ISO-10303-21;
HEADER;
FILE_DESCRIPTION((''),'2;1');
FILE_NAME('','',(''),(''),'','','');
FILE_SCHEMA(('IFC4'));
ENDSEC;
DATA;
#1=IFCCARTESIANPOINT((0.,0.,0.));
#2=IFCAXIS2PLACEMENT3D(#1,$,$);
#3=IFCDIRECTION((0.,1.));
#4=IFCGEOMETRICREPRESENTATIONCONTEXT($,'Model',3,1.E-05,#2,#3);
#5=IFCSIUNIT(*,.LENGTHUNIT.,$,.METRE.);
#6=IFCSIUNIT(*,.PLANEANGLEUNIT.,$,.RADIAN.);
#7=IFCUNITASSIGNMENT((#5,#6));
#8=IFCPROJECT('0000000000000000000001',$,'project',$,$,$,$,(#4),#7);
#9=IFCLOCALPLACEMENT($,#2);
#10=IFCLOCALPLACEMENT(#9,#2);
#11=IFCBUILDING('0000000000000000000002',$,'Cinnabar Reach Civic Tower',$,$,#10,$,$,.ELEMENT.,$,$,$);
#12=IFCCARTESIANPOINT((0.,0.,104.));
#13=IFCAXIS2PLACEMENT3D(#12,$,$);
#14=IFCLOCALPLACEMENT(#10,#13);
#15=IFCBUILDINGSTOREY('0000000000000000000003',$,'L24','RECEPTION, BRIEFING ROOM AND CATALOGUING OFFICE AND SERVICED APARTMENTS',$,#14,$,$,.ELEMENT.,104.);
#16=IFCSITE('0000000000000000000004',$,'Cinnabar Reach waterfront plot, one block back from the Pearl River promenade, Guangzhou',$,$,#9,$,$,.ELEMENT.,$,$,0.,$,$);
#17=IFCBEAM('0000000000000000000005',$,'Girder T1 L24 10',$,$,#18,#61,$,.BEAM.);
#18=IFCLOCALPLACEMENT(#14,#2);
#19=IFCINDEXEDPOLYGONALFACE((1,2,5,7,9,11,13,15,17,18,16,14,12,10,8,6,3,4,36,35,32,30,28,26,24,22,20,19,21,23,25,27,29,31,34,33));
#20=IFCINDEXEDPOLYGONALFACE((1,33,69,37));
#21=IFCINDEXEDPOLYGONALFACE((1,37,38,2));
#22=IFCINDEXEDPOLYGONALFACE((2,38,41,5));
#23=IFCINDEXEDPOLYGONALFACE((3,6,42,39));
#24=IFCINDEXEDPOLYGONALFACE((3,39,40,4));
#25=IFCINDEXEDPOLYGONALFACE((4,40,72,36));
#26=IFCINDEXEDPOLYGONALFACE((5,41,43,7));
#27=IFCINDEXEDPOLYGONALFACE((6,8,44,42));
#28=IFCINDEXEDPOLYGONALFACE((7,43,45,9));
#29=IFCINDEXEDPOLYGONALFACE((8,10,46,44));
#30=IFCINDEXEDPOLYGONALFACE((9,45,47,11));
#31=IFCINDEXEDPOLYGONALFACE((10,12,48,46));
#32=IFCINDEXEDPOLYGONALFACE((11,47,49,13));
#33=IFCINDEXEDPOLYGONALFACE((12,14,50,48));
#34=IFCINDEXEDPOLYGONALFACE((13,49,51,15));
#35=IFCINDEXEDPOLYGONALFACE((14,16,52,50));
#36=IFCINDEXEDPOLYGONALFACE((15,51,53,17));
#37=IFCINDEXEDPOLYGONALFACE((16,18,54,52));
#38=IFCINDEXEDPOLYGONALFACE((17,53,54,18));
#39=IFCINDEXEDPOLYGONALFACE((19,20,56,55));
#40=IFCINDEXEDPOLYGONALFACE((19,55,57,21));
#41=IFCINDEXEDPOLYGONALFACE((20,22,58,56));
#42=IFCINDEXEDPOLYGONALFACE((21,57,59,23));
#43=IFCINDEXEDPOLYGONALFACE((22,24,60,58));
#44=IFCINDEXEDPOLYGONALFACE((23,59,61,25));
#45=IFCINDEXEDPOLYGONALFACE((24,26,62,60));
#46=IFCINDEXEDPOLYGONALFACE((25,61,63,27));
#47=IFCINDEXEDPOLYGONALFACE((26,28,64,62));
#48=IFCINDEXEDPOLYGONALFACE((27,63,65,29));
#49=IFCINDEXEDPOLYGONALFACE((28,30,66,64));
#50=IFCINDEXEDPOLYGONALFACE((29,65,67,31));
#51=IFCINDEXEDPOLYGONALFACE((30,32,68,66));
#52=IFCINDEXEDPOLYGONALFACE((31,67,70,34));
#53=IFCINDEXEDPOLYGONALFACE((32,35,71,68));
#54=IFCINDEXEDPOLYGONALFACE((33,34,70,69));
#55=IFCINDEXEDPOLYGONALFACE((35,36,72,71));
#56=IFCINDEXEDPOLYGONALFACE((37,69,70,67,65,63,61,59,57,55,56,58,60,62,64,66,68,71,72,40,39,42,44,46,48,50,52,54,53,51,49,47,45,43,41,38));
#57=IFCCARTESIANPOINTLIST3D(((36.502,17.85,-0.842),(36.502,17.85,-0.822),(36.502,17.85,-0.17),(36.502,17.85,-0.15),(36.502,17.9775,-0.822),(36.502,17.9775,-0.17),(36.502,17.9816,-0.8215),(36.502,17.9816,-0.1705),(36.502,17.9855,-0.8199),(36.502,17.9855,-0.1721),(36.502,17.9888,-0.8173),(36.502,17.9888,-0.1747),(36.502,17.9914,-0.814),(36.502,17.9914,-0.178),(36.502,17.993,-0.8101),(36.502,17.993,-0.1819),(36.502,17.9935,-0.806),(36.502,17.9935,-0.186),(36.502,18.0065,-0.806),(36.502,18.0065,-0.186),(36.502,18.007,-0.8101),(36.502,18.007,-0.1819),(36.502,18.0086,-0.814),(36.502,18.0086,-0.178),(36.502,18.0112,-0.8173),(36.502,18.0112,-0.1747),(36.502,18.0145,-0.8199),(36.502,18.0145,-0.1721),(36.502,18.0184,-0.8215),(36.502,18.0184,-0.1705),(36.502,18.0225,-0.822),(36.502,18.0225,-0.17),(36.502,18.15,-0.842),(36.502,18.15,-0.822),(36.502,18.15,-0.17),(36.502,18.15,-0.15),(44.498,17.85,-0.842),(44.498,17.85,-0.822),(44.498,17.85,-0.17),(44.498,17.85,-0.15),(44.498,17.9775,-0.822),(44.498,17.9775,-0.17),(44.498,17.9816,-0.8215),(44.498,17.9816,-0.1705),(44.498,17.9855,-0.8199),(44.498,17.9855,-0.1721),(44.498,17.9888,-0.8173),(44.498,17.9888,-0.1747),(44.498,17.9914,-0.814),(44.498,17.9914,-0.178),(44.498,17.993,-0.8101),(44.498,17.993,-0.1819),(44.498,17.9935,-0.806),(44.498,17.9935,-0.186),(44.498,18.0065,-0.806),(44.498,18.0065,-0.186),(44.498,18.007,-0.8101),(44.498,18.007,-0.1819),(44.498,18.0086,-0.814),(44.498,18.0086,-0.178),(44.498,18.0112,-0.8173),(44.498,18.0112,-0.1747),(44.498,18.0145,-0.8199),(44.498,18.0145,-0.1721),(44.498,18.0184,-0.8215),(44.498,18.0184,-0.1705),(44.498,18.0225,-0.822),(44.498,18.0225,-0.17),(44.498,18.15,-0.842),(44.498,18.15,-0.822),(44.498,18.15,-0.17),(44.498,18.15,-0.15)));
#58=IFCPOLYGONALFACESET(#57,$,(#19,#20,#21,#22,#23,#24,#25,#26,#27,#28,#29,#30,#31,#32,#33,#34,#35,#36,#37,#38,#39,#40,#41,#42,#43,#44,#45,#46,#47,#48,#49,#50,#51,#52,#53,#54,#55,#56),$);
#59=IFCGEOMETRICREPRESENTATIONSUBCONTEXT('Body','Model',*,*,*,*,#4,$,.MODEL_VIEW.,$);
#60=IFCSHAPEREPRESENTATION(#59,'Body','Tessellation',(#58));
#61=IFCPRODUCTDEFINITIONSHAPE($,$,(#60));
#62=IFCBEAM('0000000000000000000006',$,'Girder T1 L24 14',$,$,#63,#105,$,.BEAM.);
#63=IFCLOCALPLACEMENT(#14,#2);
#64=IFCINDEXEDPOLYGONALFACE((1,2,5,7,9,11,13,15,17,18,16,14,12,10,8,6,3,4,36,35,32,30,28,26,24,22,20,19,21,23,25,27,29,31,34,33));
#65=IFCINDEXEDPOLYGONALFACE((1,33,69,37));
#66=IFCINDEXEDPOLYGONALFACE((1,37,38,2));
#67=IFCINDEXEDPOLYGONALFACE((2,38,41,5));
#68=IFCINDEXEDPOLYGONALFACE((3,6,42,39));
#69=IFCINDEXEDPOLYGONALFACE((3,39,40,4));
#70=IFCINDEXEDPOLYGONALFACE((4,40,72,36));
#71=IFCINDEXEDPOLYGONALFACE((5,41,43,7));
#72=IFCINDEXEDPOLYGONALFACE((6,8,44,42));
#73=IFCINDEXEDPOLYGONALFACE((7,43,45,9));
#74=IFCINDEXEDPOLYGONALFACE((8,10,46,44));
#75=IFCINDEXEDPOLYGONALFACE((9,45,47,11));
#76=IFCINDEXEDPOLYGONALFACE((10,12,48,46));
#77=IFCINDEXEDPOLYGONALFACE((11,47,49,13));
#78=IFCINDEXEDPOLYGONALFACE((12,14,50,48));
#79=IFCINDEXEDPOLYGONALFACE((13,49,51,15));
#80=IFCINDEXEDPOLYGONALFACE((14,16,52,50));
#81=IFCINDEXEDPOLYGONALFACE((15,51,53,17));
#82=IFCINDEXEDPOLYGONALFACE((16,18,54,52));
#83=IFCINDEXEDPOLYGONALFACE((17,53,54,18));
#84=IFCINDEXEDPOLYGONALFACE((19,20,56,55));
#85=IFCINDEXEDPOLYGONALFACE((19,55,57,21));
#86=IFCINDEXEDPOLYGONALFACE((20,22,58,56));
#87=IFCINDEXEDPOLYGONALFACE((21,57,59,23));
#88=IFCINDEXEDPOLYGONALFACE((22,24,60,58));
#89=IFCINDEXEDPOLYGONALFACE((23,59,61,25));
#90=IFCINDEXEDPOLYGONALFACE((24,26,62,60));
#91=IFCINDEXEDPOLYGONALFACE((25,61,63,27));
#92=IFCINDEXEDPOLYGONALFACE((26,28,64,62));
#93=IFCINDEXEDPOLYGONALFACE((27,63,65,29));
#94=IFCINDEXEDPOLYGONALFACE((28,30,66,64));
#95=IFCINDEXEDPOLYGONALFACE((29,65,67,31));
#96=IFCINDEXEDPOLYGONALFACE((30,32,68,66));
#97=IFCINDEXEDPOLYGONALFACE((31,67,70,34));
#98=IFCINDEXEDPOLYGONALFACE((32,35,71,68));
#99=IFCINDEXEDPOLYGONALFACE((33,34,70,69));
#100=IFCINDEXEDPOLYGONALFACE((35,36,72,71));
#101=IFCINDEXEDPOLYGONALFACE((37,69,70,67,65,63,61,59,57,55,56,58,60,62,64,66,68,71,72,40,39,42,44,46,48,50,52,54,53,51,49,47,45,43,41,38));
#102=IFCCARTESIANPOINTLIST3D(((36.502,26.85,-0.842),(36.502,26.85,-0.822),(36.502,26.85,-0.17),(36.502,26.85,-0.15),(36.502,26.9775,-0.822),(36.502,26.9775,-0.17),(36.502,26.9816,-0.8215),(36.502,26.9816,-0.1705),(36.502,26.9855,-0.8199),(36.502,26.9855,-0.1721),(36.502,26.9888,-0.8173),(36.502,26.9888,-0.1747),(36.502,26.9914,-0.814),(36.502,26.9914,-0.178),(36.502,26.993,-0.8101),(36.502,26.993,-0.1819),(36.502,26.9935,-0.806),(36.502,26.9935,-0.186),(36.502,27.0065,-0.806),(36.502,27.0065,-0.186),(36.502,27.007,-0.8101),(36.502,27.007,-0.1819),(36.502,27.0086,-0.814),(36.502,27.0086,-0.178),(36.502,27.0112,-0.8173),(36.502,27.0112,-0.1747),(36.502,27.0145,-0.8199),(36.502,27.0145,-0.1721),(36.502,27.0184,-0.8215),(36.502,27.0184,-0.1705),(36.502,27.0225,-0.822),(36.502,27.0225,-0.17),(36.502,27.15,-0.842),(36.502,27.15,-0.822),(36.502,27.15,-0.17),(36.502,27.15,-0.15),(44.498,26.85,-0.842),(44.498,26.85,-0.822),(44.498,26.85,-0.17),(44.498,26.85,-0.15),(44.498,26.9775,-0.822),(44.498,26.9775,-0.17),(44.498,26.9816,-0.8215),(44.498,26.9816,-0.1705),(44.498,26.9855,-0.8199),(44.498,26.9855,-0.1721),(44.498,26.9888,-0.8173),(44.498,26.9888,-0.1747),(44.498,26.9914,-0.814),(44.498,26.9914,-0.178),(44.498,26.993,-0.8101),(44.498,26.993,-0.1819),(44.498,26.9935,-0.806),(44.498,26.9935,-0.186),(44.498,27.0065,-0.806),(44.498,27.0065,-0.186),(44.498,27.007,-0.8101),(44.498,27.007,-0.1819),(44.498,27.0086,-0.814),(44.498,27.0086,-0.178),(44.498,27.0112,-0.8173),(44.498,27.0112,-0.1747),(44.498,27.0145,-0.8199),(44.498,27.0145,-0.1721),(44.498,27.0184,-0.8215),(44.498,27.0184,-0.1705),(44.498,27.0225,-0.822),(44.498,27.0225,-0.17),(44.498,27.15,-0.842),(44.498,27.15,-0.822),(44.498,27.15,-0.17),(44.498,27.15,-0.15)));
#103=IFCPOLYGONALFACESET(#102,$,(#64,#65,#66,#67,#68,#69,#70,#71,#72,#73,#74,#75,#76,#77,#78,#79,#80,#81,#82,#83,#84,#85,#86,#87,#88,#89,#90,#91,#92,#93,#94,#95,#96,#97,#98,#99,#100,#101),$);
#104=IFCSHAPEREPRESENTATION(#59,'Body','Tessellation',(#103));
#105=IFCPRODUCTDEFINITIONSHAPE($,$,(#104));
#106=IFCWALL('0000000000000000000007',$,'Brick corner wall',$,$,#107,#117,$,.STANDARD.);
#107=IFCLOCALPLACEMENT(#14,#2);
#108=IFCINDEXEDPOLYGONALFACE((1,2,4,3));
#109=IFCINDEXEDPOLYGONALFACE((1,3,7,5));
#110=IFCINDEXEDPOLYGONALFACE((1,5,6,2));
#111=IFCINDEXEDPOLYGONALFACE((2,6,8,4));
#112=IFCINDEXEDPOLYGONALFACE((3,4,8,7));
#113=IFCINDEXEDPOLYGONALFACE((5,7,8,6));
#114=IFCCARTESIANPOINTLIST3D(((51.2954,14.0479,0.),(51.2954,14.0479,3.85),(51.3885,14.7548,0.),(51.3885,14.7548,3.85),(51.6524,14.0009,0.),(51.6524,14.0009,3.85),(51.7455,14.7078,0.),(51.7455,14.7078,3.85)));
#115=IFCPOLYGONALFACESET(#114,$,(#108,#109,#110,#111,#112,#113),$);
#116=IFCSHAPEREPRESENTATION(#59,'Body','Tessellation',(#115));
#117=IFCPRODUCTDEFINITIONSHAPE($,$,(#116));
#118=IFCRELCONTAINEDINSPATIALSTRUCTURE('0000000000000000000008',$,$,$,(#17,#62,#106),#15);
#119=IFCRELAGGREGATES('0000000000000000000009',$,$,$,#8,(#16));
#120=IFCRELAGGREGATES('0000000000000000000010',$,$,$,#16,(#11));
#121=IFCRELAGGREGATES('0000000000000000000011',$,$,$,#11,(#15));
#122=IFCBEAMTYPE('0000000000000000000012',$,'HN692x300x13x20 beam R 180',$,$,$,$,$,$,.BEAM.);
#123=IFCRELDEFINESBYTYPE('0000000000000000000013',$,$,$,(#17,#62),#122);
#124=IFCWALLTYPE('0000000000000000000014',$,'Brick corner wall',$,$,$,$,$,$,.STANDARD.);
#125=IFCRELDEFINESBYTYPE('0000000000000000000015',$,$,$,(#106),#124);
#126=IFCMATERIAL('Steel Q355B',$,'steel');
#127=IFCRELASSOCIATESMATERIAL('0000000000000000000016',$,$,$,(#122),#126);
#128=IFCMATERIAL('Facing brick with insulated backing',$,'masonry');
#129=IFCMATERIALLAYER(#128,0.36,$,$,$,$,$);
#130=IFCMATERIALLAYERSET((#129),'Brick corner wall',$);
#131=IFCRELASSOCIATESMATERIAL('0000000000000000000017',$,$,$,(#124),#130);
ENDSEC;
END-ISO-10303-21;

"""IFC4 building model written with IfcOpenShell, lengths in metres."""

from ifc_helpers import new_model, si_unit, direction, frame, frame_2d, origin, origin_2d, place, context, subcontext, project, spatial, rectangle, i_section, extrude, material, layer, layer_set, material_profile, profile_set, type_object, element, save


model = new_model("IFC4")

# Units and contexts
model_context = context("Model", 3, precision=1e-05, world=origin(), true_north=direction((0.0, 1.0)))
body_context = subcontext(model_context, "Body", "Model", "MODEL_VIEW")
ifc_project = project(units=[si_unit("LENGTHUNIT", "METRE"), si_unit("PLANEANGLEUNIT", "RADIAN")], contexts=[model_context])

# Site, building, storey
site_placement = place(None, origin())
site = spatial("IfcSite", under=ifc_project, at=site_placement, Name="Cinnabar Reach waterfront plot, one block back from the Pearl River promenade, Guangzhou", CompositionType="ELEMENT", RefElevation=0.0)
building_placement = place(site_placement, origin())
building = spatial("IfcBuilding", under=site, at=building_placement, Name="Cinnabar Reach Civic Tower", CompositionType="ELEMENT")
storey_placement = place(building_placement, frame((0.0, 0.0, 104.0)))
storey = spatial("IfcBuildingStorey", under=building, at=storey_placement, Name="L24", Description="RECEPTION, BRIEFING ROOM AND CATALOGUING OFFICE AND SERVICED APARTMENTS", CompositionType="ELEMENT", Elevation=104.0)

# Beams
ifc_material_1 = material(Name="Steel Q355B", Category="steel")
ifc_material_profile_1 = material_profile(ifc_material_1, i_section(OverallWidth=0.3, OverallDepth=0.692, WebThickness=0.013, FlangeThickness=0.02, FilletRadius=0.016, at=origin_2d()), Name="HN692x300x13x20")
ifc_profile_set_1 = profile_set([ifc_material_profile_1], Name="Steel Q355B")
beam_type_1 = type_object("IfcBeamType", Name="HN692x300x13x20 beam R 180", PredefinedType="BEAM", material=ifc_profile_set_1)
for number, where, z_axis, x_axis, name in (
    (1, (36.502, 18.0, -0.496), (1.0, 0.0, 0.0), (0.0, 1.0, 0.0), "Girder T1 L24 10"),
    (2, (36.502, 27.0, -0.496), (1.0, 0.0, 0.0), (0.0, 1.0, 0.0), "Girder T1 L24 14"),
):
    element("IfcBeam", number, at=place(storey_placement, frame(where, z_axis=z_axis, x_axis=x_axis)), inside=storey, type_object=beam_type_1, Name=name, PredefinedType="BEAM", context=body_context, shape_type="SweptSolid", body=[
        extrude(i_section(OverallWidth=0.3, OverallDepth=0.692, WebThickness=0.013, FlangeThickness=0.02, FilletRadius=0.016, at=origin_2d()), origin(), (0.0, 0.0, 1.0), 7.996),
    ])

# Wall
ifc_material_2 = material(Name="Facing brick with insulated backing", Category="masonry")
ifc_layer_1 = layer(ifc_material_2, 0.36)
ifc_layer_set_1 = layer_set([ifc_layer_1], Name="Brick corner wall")
wall_type_1 = type_object("IfcWallType", Name="Brick corner wall", PredefinedType="STANDARD", material=ifc_layer_set_1)
wall_1_placement = place(storey_placement, frame((51.4739, 14.0244, 0.0), z_axis=(0.0, 0.0, 1.0), x_axis=(0.130556, 0.991441, 0.0)))
element("IfcWall", 3, at=wall_1_placement, inside=storey, type_object=wall_type_1, Name="Brick corner wall", PredefinedType="STANDARD", context=body_context, shape_type="SweptSolid", body=[
    extrude(rectangle(XDim=0.7131, YDim=0.36, at=frame_2d((0.3565, 0.0))), origin(), (0.0, 0.0, 1.0), 3.85),
])

save(model, "model.ifc")
